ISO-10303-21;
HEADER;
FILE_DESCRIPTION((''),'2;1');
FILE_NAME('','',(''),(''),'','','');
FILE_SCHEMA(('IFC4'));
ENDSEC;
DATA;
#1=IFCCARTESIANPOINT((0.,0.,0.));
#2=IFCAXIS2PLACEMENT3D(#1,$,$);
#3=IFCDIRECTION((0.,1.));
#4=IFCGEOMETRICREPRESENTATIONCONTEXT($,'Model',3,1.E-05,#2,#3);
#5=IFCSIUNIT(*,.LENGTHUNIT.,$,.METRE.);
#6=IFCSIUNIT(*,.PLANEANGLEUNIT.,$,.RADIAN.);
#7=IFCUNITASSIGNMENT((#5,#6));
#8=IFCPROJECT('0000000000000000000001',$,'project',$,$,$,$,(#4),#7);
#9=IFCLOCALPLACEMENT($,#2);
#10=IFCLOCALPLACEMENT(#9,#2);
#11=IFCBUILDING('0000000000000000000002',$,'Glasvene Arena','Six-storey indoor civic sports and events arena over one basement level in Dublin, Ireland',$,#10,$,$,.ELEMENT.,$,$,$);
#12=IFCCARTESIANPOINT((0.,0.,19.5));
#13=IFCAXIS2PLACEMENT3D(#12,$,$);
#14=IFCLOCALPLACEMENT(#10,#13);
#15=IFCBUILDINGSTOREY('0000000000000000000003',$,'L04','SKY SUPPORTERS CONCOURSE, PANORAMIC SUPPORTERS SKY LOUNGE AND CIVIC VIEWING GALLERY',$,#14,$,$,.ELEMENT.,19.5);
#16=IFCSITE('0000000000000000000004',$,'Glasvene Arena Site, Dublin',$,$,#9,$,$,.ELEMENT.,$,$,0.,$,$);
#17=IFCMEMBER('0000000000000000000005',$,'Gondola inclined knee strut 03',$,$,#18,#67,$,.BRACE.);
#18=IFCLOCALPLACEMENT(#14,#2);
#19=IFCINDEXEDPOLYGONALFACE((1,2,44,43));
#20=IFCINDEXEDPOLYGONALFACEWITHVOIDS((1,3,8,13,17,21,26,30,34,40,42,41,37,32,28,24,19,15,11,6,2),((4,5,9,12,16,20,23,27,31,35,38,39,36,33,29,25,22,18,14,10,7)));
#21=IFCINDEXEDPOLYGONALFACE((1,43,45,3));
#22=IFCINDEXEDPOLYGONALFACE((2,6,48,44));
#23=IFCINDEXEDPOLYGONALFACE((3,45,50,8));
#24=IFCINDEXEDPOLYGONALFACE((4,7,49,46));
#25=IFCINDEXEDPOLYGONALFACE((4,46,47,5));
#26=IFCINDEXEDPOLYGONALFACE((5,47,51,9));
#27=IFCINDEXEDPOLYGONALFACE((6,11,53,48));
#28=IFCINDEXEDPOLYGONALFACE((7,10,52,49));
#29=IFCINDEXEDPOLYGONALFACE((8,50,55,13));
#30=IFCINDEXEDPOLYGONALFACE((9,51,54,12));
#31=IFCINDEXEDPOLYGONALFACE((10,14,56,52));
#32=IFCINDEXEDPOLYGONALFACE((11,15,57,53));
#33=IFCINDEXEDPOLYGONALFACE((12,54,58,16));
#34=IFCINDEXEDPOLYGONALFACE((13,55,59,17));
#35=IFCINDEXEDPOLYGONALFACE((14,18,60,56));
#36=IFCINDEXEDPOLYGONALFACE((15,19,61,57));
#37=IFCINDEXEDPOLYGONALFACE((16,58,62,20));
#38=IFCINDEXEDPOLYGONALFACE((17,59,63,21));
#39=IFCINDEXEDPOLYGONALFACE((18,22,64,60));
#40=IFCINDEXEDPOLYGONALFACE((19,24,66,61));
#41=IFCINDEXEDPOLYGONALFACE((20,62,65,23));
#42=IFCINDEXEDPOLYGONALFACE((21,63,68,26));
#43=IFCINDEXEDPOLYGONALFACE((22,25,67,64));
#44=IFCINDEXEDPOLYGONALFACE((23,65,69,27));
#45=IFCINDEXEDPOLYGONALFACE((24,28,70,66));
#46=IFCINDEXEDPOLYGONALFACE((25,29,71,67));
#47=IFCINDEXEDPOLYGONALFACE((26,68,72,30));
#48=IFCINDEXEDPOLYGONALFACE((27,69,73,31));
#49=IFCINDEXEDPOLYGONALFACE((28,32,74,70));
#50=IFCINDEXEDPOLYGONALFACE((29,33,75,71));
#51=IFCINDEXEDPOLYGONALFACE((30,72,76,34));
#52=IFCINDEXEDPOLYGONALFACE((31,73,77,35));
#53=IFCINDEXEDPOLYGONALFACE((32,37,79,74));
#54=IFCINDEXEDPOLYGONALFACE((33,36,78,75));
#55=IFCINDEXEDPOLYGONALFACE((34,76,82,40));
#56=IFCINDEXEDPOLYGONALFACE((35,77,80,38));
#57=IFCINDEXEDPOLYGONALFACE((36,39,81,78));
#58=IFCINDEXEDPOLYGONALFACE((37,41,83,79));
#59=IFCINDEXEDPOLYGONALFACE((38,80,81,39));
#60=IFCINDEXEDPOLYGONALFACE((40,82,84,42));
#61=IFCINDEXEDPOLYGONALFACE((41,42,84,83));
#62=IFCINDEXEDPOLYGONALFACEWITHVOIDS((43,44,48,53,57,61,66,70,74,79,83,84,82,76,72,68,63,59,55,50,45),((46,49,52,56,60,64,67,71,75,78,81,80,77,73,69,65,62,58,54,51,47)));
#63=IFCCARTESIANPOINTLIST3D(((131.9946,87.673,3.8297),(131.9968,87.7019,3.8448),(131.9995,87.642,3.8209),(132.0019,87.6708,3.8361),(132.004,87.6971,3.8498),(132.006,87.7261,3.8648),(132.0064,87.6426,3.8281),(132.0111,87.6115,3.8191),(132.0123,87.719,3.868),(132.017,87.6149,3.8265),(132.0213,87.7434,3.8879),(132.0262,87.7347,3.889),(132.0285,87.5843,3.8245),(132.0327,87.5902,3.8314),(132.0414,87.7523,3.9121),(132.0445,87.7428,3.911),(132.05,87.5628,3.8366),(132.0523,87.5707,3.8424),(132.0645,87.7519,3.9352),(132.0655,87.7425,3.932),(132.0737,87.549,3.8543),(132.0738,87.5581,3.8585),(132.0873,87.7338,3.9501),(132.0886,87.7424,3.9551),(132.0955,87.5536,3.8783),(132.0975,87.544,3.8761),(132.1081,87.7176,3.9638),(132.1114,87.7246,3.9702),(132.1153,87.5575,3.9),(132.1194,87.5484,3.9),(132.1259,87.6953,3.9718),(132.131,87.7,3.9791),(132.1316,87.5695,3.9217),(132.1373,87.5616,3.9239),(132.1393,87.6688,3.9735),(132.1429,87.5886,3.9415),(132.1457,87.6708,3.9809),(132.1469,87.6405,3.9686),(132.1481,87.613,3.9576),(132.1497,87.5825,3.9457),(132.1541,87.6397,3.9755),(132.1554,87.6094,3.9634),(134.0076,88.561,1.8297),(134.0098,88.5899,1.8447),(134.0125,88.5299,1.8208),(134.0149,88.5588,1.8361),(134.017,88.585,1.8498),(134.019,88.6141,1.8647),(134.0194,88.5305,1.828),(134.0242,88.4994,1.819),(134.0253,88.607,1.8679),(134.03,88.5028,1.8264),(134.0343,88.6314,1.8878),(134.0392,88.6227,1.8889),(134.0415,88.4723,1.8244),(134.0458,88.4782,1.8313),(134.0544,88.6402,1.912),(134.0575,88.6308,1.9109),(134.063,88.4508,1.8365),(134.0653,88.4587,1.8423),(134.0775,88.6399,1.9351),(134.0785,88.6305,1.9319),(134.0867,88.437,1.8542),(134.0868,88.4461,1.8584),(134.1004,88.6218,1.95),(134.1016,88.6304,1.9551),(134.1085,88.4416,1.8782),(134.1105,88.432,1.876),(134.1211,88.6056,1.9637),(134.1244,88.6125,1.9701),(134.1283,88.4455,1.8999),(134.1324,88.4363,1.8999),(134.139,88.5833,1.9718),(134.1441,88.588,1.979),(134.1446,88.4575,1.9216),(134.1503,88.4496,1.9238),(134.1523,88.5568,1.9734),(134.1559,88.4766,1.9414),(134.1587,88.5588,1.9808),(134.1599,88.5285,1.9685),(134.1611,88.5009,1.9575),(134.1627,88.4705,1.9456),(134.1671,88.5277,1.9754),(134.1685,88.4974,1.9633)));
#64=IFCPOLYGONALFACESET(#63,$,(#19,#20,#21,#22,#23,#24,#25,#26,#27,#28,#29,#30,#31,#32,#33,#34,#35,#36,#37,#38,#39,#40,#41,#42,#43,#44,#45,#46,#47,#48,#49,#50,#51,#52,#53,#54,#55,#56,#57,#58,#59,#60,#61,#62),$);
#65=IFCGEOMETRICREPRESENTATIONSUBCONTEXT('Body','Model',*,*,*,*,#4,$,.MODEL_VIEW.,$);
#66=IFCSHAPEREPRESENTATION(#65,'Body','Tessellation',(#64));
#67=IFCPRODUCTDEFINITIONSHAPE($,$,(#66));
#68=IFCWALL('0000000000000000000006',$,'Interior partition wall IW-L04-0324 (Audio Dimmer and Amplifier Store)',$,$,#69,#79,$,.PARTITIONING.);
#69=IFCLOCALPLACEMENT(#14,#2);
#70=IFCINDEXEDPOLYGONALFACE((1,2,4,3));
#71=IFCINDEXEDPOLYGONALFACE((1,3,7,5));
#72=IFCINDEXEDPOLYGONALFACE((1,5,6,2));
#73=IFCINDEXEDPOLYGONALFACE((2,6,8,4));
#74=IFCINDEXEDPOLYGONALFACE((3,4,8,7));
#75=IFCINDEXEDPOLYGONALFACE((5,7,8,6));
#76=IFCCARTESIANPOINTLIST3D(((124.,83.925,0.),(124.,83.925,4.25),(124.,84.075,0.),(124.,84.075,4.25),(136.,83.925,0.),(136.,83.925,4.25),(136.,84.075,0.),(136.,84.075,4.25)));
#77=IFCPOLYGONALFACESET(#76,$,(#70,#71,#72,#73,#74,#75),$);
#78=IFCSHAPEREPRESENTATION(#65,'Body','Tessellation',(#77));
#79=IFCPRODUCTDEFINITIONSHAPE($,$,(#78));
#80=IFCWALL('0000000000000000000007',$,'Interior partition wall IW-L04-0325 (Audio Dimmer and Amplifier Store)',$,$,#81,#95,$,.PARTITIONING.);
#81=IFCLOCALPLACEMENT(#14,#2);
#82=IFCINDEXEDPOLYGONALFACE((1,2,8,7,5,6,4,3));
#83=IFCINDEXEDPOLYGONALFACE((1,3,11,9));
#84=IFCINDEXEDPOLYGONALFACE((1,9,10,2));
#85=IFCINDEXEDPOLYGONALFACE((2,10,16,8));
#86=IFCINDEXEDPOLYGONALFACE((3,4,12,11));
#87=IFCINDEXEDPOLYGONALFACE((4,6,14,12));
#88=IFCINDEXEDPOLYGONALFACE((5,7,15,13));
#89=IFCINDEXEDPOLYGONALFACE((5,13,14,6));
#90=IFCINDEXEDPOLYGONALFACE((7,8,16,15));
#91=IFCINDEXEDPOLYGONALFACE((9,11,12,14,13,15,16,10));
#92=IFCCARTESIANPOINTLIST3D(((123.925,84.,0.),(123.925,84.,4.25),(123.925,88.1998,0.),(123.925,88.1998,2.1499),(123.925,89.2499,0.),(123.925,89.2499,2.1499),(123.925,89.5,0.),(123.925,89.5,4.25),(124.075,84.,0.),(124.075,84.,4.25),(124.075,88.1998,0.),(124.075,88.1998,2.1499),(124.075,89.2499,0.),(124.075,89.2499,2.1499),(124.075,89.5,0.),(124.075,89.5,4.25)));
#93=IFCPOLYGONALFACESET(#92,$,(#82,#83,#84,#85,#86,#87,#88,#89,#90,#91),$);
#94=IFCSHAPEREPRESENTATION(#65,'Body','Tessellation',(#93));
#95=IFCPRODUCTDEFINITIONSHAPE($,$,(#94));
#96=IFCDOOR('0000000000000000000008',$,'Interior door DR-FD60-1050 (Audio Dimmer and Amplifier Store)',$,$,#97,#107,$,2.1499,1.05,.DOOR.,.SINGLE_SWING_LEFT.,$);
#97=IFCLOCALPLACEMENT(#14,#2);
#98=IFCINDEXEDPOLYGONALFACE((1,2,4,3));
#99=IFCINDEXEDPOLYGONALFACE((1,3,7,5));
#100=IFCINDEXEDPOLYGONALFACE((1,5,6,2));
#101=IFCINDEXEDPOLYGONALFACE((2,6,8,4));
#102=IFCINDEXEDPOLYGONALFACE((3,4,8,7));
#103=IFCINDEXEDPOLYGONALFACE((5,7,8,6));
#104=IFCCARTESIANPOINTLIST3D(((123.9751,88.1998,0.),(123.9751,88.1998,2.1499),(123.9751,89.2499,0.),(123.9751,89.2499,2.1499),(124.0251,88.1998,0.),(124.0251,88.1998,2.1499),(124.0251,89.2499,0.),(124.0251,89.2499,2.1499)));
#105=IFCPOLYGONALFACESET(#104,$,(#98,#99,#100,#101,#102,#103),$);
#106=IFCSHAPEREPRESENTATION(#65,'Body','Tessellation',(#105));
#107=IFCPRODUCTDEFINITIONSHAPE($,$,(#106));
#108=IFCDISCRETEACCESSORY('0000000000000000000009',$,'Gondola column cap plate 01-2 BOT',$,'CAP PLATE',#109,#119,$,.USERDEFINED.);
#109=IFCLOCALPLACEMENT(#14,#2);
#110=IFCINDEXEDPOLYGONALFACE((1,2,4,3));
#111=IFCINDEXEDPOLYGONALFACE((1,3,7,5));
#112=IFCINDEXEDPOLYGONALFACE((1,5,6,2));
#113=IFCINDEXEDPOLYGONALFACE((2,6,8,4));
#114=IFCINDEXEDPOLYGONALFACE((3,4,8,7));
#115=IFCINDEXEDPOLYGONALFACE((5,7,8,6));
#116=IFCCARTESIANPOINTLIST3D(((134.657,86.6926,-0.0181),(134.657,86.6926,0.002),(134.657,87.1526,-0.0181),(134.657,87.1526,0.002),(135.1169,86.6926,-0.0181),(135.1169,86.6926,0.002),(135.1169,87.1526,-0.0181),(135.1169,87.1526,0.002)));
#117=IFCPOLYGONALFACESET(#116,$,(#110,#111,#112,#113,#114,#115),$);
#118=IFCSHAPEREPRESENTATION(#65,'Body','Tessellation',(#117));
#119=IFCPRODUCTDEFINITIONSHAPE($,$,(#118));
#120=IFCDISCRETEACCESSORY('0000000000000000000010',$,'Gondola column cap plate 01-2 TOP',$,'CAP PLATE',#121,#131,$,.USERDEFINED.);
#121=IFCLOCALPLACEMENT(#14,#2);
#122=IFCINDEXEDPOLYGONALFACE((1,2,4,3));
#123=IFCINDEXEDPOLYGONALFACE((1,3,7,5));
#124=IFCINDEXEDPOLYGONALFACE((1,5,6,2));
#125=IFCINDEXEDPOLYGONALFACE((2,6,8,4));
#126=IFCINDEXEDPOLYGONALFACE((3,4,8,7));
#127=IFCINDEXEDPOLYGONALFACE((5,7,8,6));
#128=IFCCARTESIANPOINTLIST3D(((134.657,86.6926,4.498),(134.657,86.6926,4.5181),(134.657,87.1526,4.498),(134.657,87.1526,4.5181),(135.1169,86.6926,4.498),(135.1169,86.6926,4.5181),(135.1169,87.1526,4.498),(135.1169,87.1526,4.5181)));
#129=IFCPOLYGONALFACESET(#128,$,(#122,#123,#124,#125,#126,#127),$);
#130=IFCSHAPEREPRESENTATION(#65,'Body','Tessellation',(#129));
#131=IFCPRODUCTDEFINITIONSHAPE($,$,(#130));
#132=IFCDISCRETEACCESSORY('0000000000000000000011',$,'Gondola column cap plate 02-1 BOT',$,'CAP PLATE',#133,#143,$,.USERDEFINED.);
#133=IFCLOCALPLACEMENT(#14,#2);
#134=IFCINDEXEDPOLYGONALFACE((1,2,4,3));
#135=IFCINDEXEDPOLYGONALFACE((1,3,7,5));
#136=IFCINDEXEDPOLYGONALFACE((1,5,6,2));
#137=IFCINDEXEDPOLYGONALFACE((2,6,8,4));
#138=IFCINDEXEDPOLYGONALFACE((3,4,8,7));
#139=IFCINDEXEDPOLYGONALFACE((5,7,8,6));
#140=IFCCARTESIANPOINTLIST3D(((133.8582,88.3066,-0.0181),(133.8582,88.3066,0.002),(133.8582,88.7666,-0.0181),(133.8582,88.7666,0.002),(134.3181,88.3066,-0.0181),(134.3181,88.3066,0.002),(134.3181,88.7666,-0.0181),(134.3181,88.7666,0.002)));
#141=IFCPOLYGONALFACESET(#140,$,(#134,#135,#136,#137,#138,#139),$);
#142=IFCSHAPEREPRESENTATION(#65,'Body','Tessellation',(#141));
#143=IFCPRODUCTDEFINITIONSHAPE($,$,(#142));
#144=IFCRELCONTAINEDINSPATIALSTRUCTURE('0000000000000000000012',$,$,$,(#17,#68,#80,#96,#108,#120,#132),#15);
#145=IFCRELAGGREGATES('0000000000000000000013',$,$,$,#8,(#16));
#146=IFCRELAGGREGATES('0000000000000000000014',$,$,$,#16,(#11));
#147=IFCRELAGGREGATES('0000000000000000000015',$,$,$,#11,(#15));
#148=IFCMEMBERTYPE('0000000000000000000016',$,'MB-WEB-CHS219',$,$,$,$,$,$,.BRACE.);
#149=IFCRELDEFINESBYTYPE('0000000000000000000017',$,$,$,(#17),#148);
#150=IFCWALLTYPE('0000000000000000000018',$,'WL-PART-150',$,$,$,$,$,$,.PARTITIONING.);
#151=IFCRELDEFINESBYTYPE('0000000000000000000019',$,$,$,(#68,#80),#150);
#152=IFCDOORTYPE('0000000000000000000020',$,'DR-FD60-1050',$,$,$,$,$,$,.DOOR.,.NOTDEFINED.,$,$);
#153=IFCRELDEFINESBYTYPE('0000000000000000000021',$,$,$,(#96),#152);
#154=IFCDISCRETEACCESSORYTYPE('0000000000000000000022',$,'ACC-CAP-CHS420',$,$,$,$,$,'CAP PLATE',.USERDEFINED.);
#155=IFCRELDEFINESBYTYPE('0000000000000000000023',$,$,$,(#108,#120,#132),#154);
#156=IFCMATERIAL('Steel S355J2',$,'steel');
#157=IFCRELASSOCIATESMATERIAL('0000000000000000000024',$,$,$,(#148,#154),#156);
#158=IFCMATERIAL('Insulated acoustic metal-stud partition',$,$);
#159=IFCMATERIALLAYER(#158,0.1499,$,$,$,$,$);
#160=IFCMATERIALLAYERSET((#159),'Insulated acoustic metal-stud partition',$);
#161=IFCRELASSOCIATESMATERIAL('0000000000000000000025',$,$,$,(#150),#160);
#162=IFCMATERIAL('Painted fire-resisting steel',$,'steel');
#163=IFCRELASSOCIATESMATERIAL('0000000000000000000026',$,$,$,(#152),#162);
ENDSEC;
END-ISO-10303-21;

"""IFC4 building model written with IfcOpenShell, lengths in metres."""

from ifc_helpers import new_model, si_unit, direction, frame, frame_2d, origin, origin_2d, place, context, subcontext, project, spatial, rectangle, hollow_circle, extrude, material, layer, layer_set, material_profile, profile_set, type_object, element, fill, save


model = new_model("IFC4")

# Units and contexts
model_context = context("Model", 3, precision=1e-05, world=origin(), true_north=direction((0.0, 1.0)))
body_context = subcontext(model_context, "Body", "Model", "MODEL_VIEW")
ifc_project = project(units=[si_unit("LENGTHUNIT", "METRE"), si_unit("PLANEANGLEUNIT", "RADIAN")], contexts=[model_context])

# Site, building, storey
site_placement = place(None, origin())
site = spatial("IfcSite", under=ifc_project, at=site_placement, Name="Glasvene Arena Site, Dublin", CompositionType="ELEMENT", RefElevation=0.0)
building_placement = place(site_placement, origin())
building = spatial("IfcBuilding", under=site, at=building_placement, Name="Glasvene Arena", Description="Six-storey indoor civic sports and events arena over one basement level in Dublin, Ireland", CompositionType="ELEMENT")
storey_placement = place(building_placement, frame((0.0, 0.0, 19.5)))
storey = spatial("IfcBuildingStorey", under=building, at=storey_placement, Name="L04", Description="SKY SUPPORTERS CONCOURSE, PANORAMIC SUPPORTERS SKY LOUNGE AND CIVIC VIEWING GALLERY", CompositionType="ELEMENT", Elevation=19.5)

# Shared definitions
ifc_material_1 = material(Name="Steel S355J2", Category="steel")

# Member
ifc_material_profile_1 = material_profile(ifc_material_1, hollow_circle(Radius=0.1096, WallThickness=0.01, at=origin_2d()), Name="CHS 219.1x10.0")
ifc_profile_set_1 = profile_set([ifc_material_profile_1], Name="Steel S355J2")
member_type = type_object("IfcMemberType", Name="MB-WEB-CHS219", PredefinedType="BRACE", material=ifc_profile_set_1)
for number, where, z_axis, x_axis, name in (
    (1, (134.0881, 88.5366, 1.8999), (-0.677011, -0.29864, 0.672659), (0.403594, -0.914938, 0.0), "Gondola inclined knee strut 03"),
):
    element("IfcMember", number, at=place(storey_placement, frame(where, z_axis=z_axis, x_axis=x_axis)), inside=storey, type_object=member_type, Name=name, PredefinedType="BRACE", context=body_context, shape_type="SweptSolid", body=[
        extrude(hollow_circle(Radius=0.1096, WallThickness=0.01, at=origin_2d()), origin(), (0.0, 0.0, 1.0), 2.9734),
    ])

# Wall
ifc_material_2 = material(Name="Insulated acoustic metal-stud partition")
ifc_layer_1 = layer(ifc_material_2, 0.1499)
ifc_layer_set_1 = layer_set([ifc_layer_1], Name="Insulated acoustic metal-stud partition")
wall_type = type_object("IfcWallType", Name="WL-PART-150", PredefinedType="PARTITIONING", material=ifc_layer_set_1)
wall_1_placement = place(storey_placement, frame((136.0, 84.0, 0.0), z_axis=(0.0, 0.0, 1.0), x_axis=(-1.0, 0.0, 0.0)))
element("IfcWall", 2, at=wall_1_placement, inside=storey, type_object=wall_type, Name="Interior partition wall IW-L04-0324 (Audio Dimmer and Amplifier Store)", PredefinedType="PARTITIONING", context=body_context, shape_type="SweptSolid", body=[
    extrude(rectangle(XDim=12.0, YDim=0.1499, at=frame_2d((6.0, 0.0))), origin(), (0.0, 0.0, 1.0), 4.25),
])

# Wall, opening, door
wall_2_placement = place(storey_placement, frame((124.0, 84.0, 0.0), z_axis=(0.0, 0.0, 1.0), x_axis=(0.0, 1.0, 0.0)))
wall_2 = element("IfcWall", 3, at=wall_2_placement, inside=storey, type_object=wall_type, Name="Interior partition wall IW-L04-0325 (Audio Dimmer and Amplifier Store)", PredefinedType="PARTITIONING", context=body_context, shape_type="SweptSolid", body=[
    extrude(rectangle(XDim=5.5, YDim=0.1499, at=frame_2d((2.75, 0.0))), origin(), (0.0, 0.0, 1.0), 4.25),
])
opening_placement = place(wall_2_placement, frame((4.2, 0.0, 0.0)))
opening = element("IfcOpeningElement", 4, at=opening_placement, cuts=wall_2, PredefinedType="OPENING", context=body_context, shape_type="SweptSolid", body=[
    extrude(rectangle(XDim=1.05, YDim=2.1499, at=frame_2d((0.5249, 1.075))), frame((0.0, 0.085, 0.0), z_axis=(0.0, -1.0, 0.0), x_axis=(1.0, 0.0, 0.0)), (0.0, 0.0, 1.0), 0.1699),
])
ifc_material_3 = material(Name="Painted fire-resisting steel", Category="steel")
door_type = type_object("IfcDoorType", Name="DR-FD60-1050", OperationType="NOTDEFINED", PredefinedType="DOOR", material=ifc_material_3)
door_placement = place(opening_placement, origin())
door = element("IfcDoor", 5, at=door_placement, inside=storey, type_object=door_type, Name="Interior door DR-FD60-1050 (Audio Dimmer and Amplifier Store)", OperationType="SINGLE_SWING_LEFT", OverallHeight=2.1499, OverallWidth=1.05, PredefinedType="DOOR", context=body_context, shape_type="SweptSolid", body=[
    extrude(rectangle(XDim=1.05, YDim=2.1499, at=frame_2d((0.5249, 1.075))), frame((0.0, 0.0249, 0.0), z_axis=(0.0, -1.0, 0.0), x_axis=(1.0, 0.0, 0.0)), (0.0, 0.0, 1.0), 0.05),
])
fill(opening, door)

# Discrete accessories
discrete_accessory_type = type_object("IfcDiscreteAccessoryType", Name="ACC-CAP-CHS420", ElementType="CAP PLATE", PredefinedType="USERDEFINED", material=ifc_material_1)
for number, where, z_axis, x_axis, name in (
    (6, (134.887, 86.9226, -0.0181), (0.0, 0.0, 1.0), (1.0, 0.0, 0.0), "Gondola column cap plate 01-2 BOT"),
    (7, (134.887, 86.9226, 4.498), (0.0, 0.0, 1.0), (1.0, 0.0, 0.0), "Gondola column cap plate 01-2 TOP"),
    (8, (134.0881, 88.5366, -0.0181), (0.0, 0.0, 1.0), (1.0, 0.0, 0.0), "Gondola column cap plate 02-1 BOT"),
):
    element("IfcDiscreteAccessory", number, at=place(storey_placement, frame(where, z_axis=z_axis, x_axis=x_axis)), inside=storey, type_object=discrete_accessory_type, Name=name, ObjectType="CAP PLATE", PredefinedType="USERDEFINED", context=body_context, shape_type="SweptSolid", body=[
        extrude(rectangle(XDim=0.46, YDim=0.46, at=origin_2d()), origin(), (0.0, 0.0, 1.0), 0.02),
    ])

save(model, "model.ifc")
